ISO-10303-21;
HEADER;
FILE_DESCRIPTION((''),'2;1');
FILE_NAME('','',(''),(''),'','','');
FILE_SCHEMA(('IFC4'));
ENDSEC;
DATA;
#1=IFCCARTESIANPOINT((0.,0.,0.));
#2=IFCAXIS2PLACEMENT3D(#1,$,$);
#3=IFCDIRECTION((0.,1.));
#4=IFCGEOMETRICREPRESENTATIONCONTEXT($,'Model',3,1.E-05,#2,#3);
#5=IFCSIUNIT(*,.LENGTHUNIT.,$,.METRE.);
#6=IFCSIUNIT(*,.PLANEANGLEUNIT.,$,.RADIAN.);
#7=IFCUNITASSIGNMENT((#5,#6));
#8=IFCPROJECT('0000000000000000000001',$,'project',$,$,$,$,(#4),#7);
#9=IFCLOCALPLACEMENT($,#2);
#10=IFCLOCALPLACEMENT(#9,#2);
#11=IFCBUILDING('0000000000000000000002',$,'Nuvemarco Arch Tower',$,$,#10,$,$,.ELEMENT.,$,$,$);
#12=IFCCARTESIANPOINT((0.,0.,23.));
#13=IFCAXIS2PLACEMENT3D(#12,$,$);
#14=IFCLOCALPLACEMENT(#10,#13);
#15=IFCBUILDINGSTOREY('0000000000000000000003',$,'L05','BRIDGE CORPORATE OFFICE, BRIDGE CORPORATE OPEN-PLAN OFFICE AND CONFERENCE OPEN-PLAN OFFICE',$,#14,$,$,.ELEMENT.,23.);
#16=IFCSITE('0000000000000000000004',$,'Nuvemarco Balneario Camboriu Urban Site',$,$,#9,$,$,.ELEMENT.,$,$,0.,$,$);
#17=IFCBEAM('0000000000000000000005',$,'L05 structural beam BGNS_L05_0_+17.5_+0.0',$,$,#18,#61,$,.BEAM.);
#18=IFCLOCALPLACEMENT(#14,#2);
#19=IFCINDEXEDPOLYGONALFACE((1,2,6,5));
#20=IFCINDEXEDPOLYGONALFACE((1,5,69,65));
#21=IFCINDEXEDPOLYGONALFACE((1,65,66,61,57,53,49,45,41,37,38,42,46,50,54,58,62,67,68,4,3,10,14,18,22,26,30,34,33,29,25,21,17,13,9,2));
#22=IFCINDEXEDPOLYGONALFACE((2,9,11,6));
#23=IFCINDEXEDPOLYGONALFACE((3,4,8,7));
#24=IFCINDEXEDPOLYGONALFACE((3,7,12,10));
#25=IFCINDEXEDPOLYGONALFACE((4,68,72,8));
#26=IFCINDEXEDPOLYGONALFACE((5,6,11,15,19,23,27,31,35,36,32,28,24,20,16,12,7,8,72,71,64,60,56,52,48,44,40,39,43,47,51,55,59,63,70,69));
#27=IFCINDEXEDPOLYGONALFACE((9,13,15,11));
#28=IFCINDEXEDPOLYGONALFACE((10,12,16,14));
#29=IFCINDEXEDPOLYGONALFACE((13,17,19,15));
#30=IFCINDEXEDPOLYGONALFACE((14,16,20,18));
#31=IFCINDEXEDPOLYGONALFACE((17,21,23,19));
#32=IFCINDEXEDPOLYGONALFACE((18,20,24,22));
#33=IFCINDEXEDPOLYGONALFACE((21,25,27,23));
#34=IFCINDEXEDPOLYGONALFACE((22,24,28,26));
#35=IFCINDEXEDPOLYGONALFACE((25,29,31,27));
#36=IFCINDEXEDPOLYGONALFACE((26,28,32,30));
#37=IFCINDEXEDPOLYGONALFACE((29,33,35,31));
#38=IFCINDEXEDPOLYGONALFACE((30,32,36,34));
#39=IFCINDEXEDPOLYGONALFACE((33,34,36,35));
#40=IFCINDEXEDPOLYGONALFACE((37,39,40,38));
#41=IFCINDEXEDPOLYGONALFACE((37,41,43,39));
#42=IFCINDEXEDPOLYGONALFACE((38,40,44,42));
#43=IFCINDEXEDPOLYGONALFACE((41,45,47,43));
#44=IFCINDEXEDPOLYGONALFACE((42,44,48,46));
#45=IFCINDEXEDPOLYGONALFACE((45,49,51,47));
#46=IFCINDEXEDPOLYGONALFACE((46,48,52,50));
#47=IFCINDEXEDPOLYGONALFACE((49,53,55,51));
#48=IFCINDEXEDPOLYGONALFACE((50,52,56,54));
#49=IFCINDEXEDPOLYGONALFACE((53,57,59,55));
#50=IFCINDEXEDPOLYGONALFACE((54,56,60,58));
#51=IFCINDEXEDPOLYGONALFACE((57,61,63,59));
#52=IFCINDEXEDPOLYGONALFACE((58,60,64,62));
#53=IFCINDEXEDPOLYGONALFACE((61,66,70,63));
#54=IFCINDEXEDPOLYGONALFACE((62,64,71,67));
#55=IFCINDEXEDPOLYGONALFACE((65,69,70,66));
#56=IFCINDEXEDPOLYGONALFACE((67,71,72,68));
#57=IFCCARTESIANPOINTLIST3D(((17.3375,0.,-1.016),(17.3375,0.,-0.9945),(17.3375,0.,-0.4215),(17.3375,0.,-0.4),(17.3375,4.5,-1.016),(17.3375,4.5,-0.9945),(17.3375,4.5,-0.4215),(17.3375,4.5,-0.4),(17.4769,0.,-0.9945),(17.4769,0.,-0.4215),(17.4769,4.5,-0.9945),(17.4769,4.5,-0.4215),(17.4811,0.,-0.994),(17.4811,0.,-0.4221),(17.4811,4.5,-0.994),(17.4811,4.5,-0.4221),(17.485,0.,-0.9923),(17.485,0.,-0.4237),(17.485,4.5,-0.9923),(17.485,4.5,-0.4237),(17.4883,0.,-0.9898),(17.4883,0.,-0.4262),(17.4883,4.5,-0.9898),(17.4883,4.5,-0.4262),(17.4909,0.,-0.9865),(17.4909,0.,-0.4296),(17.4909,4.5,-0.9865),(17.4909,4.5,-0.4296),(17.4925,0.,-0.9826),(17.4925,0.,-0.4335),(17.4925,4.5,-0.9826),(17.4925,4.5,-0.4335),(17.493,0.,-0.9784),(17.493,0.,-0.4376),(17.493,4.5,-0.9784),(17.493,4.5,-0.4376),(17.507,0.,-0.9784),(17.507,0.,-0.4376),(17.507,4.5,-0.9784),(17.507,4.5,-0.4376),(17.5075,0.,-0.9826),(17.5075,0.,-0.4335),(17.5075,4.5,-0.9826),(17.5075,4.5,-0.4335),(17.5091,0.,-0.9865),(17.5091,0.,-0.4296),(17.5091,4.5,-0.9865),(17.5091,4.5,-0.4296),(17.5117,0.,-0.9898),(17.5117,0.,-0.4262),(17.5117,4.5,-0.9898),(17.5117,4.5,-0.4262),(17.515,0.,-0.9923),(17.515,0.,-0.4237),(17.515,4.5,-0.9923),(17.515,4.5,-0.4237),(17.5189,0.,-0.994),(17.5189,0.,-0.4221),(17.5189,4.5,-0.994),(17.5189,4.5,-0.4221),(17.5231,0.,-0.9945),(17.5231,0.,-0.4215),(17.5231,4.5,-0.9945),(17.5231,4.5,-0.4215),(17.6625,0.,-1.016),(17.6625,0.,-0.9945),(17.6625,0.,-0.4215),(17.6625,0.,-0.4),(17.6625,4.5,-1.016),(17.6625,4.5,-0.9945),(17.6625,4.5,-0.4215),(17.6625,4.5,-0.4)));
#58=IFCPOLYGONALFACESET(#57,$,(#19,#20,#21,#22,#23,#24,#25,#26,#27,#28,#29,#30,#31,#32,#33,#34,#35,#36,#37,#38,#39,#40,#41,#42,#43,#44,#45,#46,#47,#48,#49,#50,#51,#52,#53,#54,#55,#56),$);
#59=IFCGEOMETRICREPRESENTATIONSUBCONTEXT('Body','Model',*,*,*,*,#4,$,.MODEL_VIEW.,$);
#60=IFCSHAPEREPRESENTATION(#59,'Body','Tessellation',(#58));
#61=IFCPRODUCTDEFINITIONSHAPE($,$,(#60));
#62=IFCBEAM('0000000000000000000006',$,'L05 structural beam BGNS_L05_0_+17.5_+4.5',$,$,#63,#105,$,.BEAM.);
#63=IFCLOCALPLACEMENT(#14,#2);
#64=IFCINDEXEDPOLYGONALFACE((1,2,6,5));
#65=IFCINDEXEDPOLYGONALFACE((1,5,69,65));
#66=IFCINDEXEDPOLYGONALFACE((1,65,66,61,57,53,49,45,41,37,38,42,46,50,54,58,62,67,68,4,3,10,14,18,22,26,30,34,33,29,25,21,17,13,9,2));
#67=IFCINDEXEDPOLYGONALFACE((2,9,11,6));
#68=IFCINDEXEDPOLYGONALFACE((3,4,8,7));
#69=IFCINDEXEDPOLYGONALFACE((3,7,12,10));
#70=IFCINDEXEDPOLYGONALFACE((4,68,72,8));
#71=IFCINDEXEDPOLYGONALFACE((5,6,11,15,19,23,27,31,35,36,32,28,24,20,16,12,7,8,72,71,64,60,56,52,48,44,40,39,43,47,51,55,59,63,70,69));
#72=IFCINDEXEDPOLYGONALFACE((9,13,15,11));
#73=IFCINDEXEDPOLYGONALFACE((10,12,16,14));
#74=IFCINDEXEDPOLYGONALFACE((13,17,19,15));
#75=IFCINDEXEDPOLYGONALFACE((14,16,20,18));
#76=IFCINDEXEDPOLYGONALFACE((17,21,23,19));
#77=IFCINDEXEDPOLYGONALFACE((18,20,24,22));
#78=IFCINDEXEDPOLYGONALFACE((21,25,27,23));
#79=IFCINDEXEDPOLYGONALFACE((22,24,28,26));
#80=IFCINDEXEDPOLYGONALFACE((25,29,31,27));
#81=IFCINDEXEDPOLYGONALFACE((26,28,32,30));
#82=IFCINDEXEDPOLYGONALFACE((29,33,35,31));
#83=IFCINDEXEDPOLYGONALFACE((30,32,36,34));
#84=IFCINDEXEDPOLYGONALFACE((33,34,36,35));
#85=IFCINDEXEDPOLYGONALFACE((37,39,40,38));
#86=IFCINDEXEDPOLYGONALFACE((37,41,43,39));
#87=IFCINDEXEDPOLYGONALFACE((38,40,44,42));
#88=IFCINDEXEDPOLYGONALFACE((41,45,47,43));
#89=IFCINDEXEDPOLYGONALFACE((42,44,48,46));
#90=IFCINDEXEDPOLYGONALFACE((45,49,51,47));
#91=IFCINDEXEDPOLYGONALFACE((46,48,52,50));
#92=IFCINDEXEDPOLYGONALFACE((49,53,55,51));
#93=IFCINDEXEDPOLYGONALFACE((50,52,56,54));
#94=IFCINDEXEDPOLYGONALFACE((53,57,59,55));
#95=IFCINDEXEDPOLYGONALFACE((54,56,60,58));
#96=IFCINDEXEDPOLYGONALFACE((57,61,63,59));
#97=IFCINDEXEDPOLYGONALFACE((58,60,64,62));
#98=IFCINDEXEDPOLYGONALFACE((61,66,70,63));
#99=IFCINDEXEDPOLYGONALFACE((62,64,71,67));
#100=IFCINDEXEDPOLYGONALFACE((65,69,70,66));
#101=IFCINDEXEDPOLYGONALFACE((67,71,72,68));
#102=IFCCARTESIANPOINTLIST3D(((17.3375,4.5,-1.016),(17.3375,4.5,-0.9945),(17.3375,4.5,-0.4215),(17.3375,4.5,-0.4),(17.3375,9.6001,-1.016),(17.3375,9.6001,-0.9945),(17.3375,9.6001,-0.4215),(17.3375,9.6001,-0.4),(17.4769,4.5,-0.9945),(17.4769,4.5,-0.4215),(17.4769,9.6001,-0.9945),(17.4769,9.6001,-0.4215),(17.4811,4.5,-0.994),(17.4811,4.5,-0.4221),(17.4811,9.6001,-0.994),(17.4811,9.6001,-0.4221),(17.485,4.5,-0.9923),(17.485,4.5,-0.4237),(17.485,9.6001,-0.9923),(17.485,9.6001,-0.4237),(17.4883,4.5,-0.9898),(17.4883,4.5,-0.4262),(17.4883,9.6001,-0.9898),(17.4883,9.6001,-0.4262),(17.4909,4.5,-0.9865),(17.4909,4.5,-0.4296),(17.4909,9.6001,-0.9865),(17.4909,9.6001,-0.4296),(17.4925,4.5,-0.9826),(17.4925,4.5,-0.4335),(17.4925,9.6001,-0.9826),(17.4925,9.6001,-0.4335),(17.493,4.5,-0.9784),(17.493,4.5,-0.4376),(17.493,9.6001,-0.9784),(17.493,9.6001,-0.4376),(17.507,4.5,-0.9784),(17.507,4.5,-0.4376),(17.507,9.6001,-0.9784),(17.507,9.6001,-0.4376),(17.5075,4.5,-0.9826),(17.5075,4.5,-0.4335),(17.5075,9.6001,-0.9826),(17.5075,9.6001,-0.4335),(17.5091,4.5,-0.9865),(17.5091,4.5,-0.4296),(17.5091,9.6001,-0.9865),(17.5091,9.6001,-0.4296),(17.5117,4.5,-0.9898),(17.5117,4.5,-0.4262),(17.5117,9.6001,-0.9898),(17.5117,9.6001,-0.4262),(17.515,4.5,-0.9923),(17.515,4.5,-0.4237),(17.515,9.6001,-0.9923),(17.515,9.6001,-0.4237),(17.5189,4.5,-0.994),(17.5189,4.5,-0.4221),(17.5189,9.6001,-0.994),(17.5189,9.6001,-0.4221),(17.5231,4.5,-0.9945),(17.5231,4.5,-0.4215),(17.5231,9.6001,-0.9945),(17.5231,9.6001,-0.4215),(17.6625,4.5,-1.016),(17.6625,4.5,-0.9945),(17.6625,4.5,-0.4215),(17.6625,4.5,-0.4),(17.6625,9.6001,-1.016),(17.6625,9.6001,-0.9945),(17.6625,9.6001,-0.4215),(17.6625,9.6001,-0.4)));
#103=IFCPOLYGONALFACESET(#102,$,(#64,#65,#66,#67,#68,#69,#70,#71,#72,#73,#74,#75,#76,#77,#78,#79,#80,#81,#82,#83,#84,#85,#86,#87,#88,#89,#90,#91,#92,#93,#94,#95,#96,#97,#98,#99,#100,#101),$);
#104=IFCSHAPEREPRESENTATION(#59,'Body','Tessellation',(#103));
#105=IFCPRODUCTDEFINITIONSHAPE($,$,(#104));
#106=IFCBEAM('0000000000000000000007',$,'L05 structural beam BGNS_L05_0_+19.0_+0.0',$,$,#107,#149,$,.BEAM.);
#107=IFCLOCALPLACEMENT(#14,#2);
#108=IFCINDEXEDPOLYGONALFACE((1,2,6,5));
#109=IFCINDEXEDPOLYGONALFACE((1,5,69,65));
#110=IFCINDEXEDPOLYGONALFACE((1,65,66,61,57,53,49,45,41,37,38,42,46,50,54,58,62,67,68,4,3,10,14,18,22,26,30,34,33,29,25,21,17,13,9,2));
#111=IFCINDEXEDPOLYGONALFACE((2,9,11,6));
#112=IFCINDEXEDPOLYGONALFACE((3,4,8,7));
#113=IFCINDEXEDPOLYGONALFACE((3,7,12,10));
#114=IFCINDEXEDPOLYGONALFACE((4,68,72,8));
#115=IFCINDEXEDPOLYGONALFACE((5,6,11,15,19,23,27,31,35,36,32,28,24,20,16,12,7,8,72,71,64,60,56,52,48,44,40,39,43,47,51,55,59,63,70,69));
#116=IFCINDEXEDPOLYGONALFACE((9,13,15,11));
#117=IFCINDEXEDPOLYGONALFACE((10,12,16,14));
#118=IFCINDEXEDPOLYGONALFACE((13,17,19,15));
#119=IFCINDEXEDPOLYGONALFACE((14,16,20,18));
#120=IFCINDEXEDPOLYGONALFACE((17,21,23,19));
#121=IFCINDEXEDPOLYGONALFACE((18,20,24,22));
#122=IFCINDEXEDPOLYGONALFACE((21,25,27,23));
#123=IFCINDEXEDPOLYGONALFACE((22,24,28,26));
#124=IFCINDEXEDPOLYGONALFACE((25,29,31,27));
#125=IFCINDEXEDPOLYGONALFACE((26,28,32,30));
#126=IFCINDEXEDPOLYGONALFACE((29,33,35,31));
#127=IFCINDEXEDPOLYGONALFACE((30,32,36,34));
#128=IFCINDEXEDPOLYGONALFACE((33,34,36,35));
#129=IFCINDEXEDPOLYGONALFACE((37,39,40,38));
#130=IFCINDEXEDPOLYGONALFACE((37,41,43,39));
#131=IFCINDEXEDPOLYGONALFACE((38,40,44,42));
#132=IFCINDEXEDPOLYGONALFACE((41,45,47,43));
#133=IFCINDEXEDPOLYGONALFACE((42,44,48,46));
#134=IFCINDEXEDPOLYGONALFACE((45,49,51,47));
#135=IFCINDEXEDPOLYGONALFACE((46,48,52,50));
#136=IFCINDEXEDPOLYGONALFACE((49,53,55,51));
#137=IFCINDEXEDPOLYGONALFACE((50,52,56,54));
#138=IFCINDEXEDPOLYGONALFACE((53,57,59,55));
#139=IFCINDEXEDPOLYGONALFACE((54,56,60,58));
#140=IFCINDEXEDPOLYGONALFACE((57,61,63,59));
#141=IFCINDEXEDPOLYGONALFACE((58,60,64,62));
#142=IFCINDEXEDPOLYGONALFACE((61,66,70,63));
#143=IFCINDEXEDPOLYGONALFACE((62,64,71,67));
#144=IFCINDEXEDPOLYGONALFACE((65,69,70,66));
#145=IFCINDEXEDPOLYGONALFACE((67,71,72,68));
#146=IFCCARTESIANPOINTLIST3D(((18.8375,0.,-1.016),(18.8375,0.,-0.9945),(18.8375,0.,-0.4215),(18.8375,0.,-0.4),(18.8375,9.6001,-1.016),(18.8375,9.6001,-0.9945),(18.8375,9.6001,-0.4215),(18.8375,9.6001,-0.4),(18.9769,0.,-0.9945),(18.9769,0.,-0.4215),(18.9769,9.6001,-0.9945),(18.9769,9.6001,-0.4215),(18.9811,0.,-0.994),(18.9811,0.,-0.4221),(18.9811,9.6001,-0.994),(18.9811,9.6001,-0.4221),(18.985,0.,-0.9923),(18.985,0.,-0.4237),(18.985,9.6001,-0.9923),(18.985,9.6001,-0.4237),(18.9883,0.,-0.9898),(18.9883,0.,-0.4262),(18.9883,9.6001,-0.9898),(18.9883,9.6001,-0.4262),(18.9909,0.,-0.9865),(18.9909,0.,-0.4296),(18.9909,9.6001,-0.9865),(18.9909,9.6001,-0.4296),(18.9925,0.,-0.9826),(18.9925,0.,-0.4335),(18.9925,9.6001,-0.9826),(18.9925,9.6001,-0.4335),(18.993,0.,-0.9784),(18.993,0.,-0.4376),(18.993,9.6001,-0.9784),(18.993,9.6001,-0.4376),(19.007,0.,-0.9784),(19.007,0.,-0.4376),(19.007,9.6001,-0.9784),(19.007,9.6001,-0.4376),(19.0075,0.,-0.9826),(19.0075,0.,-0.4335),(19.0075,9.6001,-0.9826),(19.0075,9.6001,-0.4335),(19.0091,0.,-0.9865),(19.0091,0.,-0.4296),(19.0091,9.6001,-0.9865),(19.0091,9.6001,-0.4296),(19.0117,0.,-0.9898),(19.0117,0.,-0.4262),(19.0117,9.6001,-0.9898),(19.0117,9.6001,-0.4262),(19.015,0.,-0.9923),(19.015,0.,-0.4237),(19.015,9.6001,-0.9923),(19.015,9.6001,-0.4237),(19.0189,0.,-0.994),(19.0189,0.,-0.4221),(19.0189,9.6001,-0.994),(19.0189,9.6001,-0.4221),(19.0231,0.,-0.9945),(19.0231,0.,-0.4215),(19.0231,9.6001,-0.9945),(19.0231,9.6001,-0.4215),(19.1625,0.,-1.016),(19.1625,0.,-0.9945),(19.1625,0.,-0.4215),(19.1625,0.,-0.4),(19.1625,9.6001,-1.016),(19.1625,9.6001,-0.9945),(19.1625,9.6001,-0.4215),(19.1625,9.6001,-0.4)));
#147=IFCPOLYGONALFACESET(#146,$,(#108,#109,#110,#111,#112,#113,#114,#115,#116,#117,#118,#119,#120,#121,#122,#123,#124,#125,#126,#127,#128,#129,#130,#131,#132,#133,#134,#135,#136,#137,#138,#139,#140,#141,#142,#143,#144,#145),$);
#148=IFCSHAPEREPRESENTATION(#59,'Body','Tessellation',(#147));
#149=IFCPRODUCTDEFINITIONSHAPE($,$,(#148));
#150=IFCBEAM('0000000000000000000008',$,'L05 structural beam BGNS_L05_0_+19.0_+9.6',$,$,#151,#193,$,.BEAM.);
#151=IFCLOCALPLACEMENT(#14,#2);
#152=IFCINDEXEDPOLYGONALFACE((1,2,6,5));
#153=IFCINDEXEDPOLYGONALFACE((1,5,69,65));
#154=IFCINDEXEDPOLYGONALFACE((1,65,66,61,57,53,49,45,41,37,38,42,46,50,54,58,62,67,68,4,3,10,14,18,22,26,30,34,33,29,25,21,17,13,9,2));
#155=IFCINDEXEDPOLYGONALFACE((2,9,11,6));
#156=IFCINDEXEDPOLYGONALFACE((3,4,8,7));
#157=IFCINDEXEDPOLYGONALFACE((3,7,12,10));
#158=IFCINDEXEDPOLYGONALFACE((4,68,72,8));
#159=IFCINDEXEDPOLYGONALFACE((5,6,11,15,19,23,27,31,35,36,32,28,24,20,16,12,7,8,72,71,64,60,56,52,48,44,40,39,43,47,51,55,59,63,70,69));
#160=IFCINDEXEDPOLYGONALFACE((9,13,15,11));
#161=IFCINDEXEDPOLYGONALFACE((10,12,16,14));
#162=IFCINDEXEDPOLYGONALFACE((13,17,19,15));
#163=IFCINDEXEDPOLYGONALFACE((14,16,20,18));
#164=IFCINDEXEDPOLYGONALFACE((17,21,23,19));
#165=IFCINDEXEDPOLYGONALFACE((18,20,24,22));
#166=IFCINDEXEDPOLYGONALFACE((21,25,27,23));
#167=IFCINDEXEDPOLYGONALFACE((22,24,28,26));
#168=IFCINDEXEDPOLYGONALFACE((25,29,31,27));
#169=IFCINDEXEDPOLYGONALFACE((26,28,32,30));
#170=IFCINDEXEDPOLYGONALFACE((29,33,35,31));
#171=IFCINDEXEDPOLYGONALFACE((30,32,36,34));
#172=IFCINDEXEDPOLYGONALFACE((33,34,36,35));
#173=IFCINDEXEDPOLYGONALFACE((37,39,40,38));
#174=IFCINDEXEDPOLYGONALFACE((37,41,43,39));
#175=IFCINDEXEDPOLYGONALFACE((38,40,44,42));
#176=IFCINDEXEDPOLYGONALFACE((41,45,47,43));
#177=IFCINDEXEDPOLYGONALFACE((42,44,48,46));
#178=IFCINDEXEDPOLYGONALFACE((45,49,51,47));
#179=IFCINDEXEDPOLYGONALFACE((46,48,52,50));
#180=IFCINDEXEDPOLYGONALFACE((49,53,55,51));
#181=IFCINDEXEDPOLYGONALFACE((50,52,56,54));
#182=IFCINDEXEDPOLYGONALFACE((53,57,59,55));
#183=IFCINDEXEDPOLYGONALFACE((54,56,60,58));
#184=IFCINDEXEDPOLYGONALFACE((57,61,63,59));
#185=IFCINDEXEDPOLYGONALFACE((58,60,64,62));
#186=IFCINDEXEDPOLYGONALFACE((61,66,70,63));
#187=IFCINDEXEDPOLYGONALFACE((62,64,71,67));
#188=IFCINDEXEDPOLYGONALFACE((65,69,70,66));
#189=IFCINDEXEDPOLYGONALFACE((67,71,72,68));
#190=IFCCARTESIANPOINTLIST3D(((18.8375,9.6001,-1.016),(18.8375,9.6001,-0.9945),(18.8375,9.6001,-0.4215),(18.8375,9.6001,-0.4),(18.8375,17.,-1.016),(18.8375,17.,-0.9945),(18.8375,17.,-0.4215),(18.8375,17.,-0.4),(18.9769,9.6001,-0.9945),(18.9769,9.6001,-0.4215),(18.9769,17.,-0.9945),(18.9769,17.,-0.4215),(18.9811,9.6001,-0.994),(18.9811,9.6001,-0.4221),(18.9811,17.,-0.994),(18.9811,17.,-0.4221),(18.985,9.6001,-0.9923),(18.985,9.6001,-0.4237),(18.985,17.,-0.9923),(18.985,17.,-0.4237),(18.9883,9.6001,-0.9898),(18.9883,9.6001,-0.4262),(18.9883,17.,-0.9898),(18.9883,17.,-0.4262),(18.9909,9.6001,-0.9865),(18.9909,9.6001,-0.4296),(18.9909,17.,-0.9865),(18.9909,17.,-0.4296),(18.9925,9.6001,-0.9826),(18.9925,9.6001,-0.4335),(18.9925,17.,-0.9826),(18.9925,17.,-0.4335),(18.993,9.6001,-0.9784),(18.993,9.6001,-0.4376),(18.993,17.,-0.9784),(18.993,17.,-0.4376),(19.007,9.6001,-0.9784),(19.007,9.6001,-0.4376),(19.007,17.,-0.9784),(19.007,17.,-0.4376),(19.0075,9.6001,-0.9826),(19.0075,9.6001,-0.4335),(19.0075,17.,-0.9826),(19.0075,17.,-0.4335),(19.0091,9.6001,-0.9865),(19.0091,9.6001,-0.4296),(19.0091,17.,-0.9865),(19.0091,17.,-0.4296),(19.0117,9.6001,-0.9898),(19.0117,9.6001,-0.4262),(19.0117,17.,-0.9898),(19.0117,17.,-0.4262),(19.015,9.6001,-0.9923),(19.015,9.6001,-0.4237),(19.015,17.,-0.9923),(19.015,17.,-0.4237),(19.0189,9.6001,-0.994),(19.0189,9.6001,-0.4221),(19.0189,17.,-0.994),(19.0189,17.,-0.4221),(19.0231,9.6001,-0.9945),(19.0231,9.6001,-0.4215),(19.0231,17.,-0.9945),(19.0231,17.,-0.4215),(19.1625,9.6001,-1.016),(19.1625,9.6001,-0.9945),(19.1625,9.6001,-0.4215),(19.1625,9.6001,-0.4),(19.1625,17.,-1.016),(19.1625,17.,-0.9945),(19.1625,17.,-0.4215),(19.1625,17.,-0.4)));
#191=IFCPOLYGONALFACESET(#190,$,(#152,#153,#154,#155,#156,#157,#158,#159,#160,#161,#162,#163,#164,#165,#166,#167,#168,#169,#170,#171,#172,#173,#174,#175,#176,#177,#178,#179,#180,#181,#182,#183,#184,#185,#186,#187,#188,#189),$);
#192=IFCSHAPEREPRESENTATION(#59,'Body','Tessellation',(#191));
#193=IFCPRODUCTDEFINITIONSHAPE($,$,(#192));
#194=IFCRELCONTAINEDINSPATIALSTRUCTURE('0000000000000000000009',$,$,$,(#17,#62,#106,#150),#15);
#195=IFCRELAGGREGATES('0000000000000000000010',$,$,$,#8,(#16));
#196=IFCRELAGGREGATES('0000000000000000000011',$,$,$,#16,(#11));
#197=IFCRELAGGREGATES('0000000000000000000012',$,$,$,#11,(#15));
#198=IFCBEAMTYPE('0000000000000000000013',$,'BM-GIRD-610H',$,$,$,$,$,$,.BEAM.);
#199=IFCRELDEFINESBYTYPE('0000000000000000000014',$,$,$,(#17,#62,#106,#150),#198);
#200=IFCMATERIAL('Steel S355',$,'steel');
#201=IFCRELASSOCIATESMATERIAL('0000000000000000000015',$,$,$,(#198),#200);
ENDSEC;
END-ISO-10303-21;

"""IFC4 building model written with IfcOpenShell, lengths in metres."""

from ifc_helpers import new_model, si_unit, direction, frame, origin, origin_2d, place, context, subcontext, project, spatial, i_section, extrude, material, material_profile, profile_set, type_object, element, save


model = new_model("IFC4")

# Units and contexts
model_context = context("Model", 3, precision=1e-05, world=origin(), true_north=direction((0.0, 1.0)))
body_context = subcontext(model_context, "Body", "Model", "MODEL_VIEW")
ifc_project = project(units=[si_unit("LENGTHUNIT", "METRE"), si_unit("PLANEANGLEUNIT", "RADIAN")], contexts=[model_context])

# Site, building, storey
site_placement = place(None, origin())
site = spatial("IfcSite", under=ifc_project, at=site_placement, Name="Nuvemarco Balneario Camboriu Urban Site", CompositionType="ELEMENT", RefElevation=0.0)
building_placement = place(site_placement, origin())
building = spatial("IfcBuilding", under=site, at=building_placement, Name="Nuvemarco Arch Tower", CompositionType="ELEMENT")
storey_placement = place(building_placement, frame((0.0, 0.0, 23.0)))
storey = spatial("IfcBuildingStorey", under=building, at=storey_placement, Name="L05", Description="BRIDGE CORPORATE OFFICE, BRIDGE CORPORATE OPEN-PLAN OFFICE AND CONFERENCE OPEN-PLAN OFFICE", CompositionType="ELEMENT", Elevation=23.0)

# Beams
ifc_material_1 = material(Name="Steel S355", Category="steel")
ifc_material_profile_1 = material_profile(ifc_material_1, i_section(OverallWidth=0.325, OverallDepth=0.616, WebThickness=0.0139, FlangeThickness=0.0215, FilletRadius=0.0161, at=origin_2d()), Name="W610x174")
ifc_profile_set_1 = profile_set([ifc_material_profile_1], Name="Steel S355")
beam_type_1 = type_object("IfcBeamType", Name="BM-GIRD-610H", PredefinedType="BEAM", material=ifc_profile_set_1)
beam_1_placement = place(storey_placement, frame((17.5, 0.0, -0.708), z_axis=(0.0, 1.0, 0.0), x_axis=(-1.0, 0.0, 0.0)))
element("IfcBeam", 1, at=beam_1_placement, inside=storey, type_object=beam_type_1, Name="L05 structural beam BGNS_L05_0_+17.5_+0.0", PredefinedType="BEAM", context=body_context, shape_type="SweptSolid", body=[
    extrude(i_section(OverallWidth=0.325, OverallDepth=0.616, WebThickness=0.0139, FlangeThickness=0.0215, FilletRadius=0.0161, at=origin_2d()), origin(), (0.0, 0.0, 1.0), 4.5),
])
beam_2_placement = place(storey_placement, frame((17.5, 4.5, -0.708), z_axis=(0.0, 1.0, 0.0), x_axis=(-1.0, 0.0, 0.0)))
element("IfcBeam", 2, at=beam_2_placement, inside=storey, type_object=beam_type_1, Name="L05 structural beam BGNS_L05_0_+17.5_+4.5", PredefinedType="BEAM", context=body_context, shape_type="SweptSolid", body=[
    extrude(i_section(OverallWidth=0.325, OverallDepth=0.616, WebThickness=0.0139, FlangeThickness=0.0215, FilletRadius=0.0161, at=origin_2d()), origin(), (0.0, 0.0, 1.0), 5.1001),
])
beam_3_placement = place(storey_placement, frame((19.0, 0.0, -0.708), z_axis=(0.0, 1.0, 0.0), x_axis=(-1.0, 0.0, 0.0)))
element("IfcBeam", 3, at=beam_3_placement, inside=storey, type_object=beam_type_1, Name="L05 structural beam BGNS_L05_0_+19.0_+0.0", PredefinedType="BEAM", context=body_context, shape_type="SweptSolid", body=[
    extrude(i_section(OverallWidth=0.325, OverallDepth=0.616, WebThickness=0.0139, FlangeThickness=0.0215, FilletRadius=0.0161, at=origin_2d()), origin(), (0.0, 0.0, 1.0), 9.6001),
])
beam_4_placement = place(storey_placement, frame((19.0, 9.6001, -0.708), z_axis=(0.0, 1.0, 0.0), x_axis=(-1.0, 0.0, 0.0)))
element("IfcBeam", 4, at=beam_4_placement, inside=storey, type_object=beam_type_1, Name="L05 structural beam BGNS_L05_0_+19.0_+9.6", PredefinedType="BEAM", context=body_context, shape_type="SweptSolid", body=[
    extrude(i_section(OverallWidth=0.325, OverallDepth=0.616, WebThickness=0.0139, FlangeThickness=0.0215, FilletRadius=0.0161, at=origin_2d()), origin(), (0.0, 0.0, 1.0), 7.3999),
])

save(model, "model.ifc")
